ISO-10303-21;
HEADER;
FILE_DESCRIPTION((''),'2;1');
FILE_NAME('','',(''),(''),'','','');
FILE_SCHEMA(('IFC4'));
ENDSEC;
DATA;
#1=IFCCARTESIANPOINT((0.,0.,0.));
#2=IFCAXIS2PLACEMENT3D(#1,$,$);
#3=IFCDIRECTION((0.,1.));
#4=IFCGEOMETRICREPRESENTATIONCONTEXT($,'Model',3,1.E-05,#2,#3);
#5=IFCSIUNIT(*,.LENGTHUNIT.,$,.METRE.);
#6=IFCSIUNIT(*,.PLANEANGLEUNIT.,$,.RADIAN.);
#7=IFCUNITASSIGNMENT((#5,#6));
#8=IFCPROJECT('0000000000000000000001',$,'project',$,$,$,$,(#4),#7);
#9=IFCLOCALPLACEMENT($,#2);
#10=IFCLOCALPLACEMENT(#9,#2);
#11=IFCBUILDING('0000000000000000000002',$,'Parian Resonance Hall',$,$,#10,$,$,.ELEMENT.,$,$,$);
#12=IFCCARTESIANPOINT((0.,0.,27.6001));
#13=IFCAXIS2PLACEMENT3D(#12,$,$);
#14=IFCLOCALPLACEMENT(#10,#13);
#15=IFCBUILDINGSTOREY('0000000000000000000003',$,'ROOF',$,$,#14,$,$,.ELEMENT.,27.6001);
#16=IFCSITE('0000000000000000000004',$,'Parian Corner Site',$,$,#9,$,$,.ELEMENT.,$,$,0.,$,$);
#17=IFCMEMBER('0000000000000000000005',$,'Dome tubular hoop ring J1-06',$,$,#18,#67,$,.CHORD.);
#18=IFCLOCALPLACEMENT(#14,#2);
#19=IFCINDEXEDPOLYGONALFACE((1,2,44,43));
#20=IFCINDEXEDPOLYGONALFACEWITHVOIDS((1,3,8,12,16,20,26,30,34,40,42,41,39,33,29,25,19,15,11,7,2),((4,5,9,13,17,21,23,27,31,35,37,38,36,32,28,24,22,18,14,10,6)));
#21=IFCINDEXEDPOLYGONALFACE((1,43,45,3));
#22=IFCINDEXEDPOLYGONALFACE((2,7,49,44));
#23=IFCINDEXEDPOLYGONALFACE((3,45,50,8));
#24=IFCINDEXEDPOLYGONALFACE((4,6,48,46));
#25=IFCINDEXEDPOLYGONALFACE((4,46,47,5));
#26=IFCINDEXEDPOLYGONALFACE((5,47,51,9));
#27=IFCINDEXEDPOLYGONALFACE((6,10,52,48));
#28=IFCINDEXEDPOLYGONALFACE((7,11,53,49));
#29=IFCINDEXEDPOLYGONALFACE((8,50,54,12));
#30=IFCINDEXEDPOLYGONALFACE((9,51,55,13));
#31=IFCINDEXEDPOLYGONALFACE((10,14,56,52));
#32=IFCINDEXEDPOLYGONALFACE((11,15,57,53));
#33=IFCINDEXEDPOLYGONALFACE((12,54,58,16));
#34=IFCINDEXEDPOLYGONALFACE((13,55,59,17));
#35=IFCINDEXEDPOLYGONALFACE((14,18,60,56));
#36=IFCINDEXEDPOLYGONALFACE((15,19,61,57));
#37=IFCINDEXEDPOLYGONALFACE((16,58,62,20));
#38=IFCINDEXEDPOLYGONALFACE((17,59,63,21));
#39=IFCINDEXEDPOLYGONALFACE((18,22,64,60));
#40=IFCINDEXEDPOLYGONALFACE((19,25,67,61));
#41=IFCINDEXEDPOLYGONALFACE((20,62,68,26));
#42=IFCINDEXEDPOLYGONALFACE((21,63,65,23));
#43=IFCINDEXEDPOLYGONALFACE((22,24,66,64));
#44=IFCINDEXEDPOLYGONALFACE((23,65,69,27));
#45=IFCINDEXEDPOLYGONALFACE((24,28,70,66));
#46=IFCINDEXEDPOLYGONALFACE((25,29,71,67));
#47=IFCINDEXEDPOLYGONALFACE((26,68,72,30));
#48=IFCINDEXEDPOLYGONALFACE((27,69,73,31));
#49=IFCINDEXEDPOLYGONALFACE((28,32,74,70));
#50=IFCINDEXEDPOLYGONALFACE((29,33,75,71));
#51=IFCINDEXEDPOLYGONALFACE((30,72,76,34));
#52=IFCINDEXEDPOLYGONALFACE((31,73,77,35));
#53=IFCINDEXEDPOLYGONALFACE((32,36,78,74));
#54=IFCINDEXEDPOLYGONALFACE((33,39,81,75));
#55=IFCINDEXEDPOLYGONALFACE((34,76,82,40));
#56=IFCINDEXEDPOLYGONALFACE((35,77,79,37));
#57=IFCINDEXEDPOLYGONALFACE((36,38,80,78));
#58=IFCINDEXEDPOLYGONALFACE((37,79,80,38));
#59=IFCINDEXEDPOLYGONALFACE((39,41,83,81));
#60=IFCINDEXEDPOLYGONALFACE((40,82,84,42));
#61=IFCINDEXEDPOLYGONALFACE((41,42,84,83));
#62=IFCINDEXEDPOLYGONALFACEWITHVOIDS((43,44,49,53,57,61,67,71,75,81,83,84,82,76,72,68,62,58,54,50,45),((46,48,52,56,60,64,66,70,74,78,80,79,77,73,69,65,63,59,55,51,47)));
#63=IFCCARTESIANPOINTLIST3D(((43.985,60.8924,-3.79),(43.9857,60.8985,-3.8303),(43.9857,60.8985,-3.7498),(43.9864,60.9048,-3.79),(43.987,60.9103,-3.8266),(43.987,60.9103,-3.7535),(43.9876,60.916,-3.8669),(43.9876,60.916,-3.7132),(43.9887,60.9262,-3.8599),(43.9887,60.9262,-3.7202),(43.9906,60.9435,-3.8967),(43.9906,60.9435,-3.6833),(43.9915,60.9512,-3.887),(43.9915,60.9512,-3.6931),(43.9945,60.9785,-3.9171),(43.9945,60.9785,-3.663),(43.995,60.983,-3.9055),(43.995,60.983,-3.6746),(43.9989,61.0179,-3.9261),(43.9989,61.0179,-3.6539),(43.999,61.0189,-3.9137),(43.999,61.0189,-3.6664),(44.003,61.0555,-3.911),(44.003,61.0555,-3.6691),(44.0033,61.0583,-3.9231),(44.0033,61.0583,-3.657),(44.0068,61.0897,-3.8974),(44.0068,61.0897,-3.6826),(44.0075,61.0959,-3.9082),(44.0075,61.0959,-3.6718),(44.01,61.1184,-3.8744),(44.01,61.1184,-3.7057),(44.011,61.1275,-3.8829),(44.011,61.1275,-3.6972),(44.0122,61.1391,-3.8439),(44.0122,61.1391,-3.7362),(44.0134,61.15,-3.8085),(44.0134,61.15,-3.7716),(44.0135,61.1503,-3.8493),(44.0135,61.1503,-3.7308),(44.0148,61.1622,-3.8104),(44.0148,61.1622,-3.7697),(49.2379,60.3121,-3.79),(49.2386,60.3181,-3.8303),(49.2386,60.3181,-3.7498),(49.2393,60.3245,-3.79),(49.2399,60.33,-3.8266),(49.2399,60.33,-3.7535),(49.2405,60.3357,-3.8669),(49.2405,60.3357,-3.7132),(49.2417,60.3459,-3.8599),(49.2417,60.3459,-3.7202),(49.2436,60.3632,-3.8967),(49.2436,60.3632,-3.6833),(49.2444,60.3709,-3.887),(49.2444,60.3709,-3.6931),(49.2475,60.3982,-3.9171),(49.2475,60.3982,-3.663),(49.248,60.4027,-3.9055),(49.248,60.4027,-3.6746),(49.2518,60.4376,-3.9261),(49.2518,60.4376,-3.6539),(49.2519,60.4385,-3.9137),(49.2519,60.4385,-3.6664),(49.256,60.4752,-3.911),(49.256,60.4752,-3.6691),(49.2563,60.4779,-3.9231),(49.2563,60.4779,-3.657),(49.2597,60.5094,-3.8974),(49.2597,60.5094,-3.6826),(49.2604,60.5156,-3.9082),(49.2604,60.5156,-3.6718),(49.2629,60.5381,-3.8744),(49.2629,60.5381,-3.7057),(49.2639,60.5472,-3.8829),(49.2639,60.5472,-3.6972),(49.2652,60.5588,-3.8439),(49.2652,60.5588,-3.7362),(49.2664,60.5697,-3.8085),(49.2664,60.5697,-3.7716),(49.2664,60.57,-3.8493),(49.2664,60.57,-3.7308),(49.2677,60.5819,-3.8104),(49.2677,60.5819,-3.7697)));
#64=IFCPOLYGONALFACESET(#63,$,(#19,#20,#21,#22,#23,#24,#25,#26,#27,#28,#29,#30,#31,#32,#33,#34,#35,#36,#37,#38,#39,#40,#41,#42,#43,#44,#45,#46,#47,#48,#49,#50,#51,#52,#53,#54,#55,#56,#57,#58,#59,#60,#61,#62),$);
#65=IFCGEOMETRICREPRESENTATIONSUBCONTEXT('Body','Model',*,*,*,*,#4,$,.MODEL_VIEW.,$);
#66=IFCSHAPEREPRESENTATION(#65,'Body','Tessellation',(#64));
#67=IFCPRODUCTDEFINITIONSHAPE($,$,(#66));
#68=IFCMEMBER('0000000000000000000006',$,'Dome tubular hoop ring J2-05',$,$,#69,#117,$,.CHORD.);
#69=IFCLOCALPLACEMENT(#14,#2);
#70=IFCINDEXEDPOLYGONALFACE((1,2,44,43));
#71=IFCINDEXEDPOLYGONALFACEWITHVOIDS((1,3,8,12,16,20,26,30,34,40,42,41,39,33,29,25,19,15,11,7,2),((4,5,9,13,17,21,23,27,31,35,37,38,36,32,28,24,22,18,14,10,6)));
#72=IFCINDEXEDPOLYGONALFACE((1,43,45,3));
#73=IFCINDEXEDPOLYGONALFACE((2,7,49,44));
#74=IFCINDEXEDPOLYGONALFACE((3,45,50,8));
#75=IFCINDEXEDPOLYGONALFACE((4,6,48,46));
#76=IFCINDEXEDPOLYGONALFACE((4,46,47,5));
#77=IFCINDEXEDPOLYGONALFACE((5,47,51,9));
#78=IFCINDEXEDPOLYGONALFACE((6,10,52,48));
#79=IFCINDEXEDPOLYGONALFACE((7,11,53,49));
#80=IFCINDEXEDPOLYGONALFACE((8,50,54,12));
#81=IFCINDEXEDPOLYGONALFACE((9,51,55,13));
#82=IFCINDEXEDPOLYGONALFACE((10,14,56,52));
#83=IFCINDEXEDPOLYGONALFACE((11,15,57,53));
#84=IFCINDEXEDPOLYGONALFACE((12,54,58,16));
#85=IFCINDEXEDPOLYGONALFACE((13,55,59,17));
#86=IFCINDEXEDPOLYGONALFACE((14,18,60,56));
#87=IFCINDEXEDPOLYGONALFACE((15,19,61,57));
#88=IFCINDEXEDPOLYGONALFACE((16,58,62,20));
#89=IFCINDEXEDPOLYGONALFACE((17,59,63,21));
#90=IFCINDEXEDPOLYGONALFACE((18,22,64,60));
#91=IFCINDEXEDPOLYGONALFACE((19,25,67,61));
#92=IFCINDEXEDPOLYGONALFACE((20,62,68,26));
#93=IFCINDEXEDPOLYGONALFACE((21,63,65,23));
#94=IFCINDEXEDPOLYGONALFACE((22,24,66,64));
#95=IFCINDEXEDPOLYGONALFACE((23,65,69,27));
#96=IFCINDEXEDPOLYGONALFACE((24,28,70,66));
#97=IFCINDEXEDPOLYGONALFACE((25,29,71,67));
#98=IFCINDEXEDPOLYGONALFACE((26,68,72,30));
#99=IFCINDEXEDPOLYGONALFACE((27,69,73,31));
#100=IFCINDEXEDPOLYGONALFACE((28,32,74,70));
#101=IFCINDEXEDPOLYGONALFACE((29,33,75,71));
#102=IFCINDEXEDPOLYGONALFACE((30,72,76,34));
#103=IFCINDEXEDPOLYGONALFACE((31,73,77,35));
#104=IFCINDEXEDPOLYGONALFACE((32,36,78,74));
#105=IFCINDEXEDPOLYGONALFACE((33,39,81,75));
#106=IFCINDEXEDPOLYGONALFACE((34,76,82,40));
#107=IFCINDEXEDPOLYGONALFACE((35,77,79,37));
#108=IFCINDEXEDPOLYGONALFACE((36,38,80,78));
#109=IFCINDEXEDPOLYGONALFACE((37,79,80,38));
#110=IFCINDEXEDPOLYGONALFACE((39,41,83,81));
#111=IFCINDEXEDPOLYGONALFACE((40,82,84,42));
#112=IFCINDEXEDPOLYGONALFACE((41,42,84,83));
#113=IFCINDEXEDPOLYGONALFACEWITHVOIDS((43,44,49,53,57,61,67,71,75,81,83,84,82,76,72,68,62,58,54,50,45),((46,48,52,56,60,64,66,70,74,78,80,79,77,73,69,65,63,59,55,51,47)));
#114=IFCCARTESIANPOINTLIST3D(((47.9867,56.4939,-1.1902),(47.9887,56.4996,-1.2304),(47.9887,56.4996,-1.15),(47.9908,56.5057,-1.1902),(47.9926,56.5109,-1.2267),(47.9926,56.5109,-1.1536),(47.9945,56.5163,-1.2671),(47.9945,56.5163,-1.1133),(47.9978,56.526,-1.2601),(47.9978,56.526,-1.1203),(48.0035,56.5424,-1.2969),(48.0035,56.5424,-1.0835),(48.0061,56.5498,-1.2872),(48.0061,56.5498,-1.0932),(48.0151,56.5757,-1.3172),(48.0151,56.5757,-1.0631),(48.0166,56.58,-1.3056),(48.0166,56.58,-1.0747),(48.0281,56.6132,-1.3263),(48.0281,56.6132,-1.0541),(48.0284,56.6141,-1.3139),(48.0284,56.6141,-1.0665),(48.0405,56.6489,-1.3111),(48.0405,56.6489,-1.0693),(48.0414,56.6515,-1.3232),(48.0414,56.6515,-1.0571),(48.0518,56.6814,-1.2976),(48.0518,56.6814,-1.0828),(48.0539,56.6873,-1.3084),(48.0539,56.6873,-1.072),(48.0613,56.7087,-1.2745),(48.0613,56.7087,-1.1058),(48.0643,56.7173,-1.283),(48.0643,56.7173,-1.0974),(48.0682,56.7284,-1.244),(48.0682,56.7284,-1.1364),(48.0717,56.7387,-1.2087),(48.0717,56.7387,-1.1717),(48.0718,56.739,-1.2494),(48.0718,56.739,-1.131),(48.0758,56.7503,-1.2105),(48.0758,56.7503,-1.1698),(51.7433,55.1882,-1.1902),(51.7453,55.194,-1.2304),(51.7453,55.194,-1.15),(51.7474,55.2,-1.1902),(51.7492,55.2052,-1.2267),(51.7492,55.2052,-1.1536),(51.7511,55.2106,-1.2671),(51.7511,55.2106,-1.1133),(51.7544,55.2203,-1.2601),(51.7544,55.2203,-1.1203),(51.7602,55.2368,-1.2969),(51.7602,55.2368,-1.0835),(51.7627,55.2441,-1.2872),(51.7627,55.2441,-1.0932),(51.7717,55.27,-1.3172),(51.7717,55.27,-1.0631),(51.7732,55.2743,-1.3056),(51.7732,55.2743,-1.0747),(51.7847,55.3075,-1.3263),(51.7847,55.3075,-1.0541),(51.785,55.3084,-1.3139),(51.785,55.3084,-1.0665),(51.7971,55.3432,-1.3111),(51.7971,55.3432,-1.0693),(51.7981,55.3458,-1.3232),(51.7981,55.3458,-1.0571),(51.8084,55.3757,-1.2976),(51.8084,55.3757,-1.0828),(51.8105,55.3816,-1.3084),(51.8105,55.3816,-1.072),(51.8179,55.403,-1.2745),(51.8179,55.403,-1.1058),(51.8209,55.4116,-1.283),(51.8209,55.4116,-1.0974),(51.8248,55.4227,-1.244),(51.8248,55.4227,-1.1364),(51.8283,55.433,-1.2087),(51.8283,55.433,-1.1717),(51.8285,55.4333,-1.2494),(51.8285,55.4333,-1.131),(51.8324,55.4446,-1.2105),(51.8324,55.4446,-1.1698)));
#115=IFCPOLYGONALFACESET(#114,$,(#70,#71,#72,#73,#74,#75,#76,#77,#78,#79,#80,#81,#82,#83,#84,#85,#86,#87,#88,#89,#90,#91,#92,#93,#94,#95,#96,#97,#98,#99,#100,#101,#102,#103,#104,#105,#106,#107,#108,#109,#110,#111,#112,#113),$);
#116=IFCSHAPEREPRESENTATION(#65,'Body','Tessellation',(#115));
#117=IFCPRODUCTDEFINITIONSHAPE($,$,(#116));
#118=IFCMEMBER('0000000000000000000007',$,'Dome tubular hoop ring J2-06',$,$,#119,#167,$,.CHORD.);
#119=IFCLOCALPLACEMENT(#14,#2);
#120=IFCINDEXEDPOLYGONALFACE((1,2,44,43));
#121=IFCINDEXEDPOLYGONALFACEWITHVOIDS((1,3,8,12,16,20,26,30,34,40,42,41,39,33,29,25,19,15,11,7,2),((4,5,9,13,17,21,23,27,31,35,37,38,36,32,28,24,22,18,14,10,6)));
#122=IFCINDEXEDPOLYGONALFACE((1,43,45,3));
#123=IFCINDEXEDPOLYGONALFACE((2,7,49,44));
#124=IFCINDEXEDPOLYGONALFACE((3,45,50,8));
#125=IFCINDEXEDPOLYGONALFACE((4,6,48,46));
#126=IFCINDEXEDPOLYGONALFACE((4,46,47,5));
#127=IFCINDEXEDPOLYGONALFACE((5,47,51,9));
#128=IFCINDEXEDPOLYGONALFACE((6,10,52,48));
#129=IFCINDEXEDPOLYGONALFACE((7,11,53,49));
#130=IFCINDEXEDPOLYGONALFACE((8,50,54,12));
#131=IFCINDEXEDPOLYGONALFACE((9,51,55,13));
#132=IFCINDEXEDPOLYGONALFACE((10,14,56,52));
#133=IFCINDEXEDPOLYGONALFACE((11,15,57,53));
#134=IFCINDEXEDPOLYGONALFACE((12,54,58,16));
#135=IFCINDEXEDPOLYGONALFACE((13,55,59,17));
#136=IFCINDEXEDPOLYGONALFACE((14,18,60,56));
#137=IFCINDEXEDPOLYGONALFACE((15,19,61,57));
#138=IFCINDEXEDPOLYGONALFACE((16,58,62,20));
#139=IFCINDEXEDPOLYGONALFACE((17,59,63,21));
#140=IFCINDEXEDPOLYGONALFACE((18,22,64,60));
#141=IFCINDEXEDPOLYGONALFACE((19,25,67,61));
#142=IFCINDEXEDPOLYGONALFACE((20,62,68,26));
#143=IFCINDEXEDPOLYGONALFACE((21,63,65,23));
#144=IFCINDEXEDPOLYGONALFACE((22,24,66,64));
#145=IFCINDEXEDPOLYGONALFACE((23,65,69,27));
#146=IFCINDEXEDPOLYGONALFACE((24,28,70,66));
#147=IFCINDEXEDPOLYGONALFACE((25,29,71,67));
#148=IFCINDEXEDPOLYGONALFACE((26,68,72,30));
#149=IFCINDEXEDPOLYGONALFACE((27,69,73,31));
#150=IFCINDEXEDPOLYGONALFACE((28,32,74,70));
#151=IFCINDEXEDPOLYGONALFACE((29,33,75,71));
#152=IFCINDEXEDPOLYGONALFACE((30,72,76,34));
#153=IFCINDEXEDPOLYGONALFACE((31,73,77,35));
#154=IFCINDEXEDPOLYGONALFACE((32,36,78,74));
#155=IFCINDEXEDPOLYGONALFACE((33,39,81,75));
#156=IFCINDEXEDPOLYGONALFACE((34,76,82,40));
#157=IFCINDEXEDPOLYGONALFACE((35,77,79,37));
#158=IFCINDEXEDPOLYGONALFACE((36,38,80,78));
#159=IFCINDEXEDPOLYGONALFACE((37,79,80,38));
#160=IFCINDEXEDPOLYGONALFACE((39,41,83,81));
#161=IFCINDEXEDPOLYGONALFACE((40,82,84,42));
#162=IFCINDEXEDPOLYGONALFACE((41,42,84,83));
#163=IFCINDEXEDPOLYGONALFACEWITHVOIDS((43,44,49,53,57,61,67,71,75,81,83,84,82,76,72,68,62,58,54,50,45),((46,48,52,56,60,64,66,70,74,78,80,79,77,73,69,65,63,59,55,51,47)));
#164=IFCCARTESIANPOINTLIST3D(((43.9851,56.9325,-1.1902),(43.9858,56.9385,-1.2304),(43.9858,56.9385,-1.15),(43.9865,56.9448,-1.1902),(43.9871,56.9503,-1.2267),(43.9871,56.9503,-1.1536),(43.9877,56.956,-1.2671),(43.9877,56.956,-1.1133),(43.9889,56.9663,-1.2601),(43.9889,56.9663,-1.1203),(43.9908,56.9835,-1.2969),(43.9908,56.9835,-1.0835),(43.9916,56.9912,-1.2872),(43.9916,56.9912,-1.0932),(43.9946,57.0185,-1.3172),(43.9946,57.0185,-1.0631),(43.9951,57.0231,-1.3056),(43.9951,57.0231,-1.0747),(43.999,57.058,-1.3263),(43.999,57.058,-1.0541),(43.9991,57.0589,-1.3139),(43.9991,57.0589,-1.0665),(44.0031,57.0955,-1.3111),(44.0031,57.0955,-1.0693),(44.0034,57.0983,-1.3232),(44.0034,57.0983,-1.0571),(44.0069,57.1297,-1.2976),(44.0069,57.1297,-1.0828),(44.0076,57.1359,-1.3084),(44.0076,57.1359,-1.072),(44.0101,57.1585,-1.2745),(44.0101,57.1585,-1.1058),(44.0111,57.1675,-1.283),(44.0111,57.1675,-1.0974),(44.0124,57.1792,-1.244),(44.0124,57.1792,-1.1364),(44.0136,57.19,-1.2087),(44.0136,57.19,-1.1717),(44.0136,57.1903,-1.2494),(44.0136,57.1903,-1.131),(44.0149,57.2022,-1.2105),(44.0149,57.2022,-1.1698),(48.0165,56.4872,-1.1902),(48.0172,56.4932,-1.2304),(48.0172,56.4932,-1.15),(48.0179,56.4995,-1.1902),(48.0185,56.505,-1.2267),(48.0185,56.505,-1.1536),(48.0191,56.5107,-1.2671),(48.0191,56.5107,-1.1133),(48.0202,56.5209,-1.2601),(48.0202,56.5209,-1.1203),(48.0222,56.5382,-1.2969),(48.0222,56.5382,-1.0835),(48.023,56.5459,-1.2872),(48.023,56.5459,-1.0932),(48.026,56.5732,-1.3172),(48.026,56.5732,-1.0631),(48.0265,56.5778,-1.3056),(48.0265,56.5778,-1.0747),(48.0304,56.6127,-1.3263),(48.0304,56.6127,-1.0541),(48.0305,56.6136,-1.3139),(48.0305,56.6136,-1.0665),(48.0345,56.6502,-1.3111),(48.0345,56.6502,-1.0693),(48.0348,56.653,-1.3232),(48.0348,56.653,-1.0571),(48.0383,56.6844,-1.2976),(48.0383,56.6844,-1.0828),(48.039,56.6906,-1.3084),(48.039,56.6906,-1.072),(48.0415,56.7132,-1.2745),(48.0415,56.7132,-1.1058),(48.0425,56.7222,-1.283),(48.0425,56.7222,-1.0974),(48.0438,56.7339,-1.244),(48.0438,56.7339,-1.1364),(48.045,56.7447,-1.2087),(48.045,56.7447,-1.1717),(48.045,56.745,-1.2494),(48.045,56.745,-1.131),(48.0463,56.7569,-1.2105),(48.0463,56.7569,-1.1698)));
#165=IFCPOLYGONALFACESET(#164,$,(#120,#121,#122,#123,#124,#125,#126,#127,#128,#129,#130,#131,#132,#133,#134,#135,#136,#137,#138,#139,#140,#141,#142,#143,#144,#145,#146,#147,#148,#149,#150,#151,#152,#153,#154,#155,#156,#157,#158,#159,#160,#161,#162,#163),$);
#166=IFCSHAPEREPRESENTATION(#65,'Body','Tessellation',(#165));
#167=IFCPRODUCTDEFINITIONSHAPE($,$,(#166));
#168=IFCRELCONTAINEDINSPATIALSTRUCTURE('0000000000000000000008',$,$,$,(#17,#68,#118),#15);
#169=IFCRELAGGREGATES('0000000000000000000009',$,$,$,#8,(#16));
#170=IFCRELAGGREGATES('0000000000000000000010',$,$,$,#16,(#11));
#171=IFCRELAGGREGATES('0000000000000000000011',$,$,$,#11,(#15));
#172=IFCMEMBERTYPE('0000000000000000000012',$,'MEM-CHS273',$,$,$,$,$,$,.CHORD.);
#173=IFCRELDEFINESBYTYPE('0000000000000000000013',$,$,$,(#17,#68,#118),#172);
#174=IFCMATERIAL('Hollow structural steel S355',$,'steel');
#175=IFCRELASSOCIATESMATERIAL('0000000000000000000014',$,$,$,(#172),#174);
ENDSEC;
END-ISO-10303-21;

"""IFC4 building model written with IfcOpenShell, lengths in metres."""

from ifc_helpers import new_model, si_unit, direction, frame, origin, origin_2d, place, context, subcontext, project, spatial, hollow_circle, extrude, material, material_profile, profile_set, type_object, element, save


model = new_model("IFC4")

# Units and contexts
model_context = context("Model", 3, precision=1e-05, world=origin(), true_north=direction((0.0, 1.0)))
body_context = subcontext(model_context, "Body", "Model", "MODEL_VIEW")
ifc_project = project(units=[si_unit("LENGTHUNIT", "METRE"), si_unit("PLANEANGLEUNIT", "RADIAN")], contexts=[model_context])

# Site, building, storey
site_placement = place(None, origin())
site = spatial("IfcSite", under=ifc_project, at=site_placement, Name="Parian Corner Site", CompositionType="ELEMENT", RefElevation=0.0)
building_placement = place(site_placement, origin())
building = spatial("IfcBuilding", under=site, at=building_placement, Name="Parian Resonance Hall", CompositionType="ELEMENT")
storey_placement = place(building_placement, frame((0.0, 0.0, 27.6001)))
storey = spatial("IfcBuildingStorey", under=building, at=storey_placement, Name="ROOF", CompositionType="ELEMENT", Elevation=27.6001)

# Members
ifc_material_1 = material(Name="Hollow structural steel S355", Category="steel")
ifc_material_profile_1 = material_profile(ifc_material_1, hollow_circle(Radius=0.1365, WallThickness=0.0125, at=origin_2d()), Name="CHS273x12.5")
ifc_profile_set_1 = profile_set([ifc_material_profile_1], Name="Hollow structural steel S355")
member_type_1 = type_object("IfcMemberType", Name="MEM-CHS273", PredefinedType="CHORD", material=ifc_profile_set_1)
member_1_placement = place(storey_placement, frame((49.2529, 60.4478, -3.79), z_axis=(-0.993953, 0.109808, 0.0), x_axis=(-0.109808, -0.993953, 0.0)))
element("IfcMember", 1, at=member_1_placement, inside=storey, type_object=member_type_1, Name="Dome tubular hoop ring J1-06", PredefinedType="CHORD", context=body_context, shape_type="SweptSolid", body=[
    extrude(hollow_circle(Radius=0.1365, WallThickness=0.0125, at=origin_2d()), origin(), (0.0, 0.0, 1.0), 5.2849),
])
member_2_placement = place(storey_placement, frame((51.7881, 55.3171, -1.1902), z_axis=(-0.944573, 0.328302, 0.0), x_axis=(-0.328302, -0.944573, 0.0)))
element("IfcMember", 2, at=member_2_placement, inside=storey, type_object=member_type_1, Name="Dome tubular hoop ring J2-05", PredefinedType="CHORD", context=body_context, shape_type="SweptSolid", body=[
    extrude(hollow_circle(Radius=0.1365, WallThickness=0.0125, at=origin_2d()), origin(), (0.0, 0.0, 1.0), 3.9771),
])
member_3_placement = place(storey_placement, frame((48.0315, 56.6228, -1.1902), z_axis=(-0.993955, 0.109791, 0.0), x_axis=(-0.109791, -0.993955, 0.0)))
element("IfcMember", 3, at=member_3_placement, inside=storey, type_object=member_type_1, Name="Dome tubular hoop ring J2-06", PredefinedType="CHORD", context=body_context, shape_type="SweptSolid", body=[
    extrude(hollow_circle(Radius=0.1365, WallThickness=0.0125, at=origin_2d()), origin(), (0.0, 0.0, 1.0), 4.0559),
])

save(model, "model.ifc")
